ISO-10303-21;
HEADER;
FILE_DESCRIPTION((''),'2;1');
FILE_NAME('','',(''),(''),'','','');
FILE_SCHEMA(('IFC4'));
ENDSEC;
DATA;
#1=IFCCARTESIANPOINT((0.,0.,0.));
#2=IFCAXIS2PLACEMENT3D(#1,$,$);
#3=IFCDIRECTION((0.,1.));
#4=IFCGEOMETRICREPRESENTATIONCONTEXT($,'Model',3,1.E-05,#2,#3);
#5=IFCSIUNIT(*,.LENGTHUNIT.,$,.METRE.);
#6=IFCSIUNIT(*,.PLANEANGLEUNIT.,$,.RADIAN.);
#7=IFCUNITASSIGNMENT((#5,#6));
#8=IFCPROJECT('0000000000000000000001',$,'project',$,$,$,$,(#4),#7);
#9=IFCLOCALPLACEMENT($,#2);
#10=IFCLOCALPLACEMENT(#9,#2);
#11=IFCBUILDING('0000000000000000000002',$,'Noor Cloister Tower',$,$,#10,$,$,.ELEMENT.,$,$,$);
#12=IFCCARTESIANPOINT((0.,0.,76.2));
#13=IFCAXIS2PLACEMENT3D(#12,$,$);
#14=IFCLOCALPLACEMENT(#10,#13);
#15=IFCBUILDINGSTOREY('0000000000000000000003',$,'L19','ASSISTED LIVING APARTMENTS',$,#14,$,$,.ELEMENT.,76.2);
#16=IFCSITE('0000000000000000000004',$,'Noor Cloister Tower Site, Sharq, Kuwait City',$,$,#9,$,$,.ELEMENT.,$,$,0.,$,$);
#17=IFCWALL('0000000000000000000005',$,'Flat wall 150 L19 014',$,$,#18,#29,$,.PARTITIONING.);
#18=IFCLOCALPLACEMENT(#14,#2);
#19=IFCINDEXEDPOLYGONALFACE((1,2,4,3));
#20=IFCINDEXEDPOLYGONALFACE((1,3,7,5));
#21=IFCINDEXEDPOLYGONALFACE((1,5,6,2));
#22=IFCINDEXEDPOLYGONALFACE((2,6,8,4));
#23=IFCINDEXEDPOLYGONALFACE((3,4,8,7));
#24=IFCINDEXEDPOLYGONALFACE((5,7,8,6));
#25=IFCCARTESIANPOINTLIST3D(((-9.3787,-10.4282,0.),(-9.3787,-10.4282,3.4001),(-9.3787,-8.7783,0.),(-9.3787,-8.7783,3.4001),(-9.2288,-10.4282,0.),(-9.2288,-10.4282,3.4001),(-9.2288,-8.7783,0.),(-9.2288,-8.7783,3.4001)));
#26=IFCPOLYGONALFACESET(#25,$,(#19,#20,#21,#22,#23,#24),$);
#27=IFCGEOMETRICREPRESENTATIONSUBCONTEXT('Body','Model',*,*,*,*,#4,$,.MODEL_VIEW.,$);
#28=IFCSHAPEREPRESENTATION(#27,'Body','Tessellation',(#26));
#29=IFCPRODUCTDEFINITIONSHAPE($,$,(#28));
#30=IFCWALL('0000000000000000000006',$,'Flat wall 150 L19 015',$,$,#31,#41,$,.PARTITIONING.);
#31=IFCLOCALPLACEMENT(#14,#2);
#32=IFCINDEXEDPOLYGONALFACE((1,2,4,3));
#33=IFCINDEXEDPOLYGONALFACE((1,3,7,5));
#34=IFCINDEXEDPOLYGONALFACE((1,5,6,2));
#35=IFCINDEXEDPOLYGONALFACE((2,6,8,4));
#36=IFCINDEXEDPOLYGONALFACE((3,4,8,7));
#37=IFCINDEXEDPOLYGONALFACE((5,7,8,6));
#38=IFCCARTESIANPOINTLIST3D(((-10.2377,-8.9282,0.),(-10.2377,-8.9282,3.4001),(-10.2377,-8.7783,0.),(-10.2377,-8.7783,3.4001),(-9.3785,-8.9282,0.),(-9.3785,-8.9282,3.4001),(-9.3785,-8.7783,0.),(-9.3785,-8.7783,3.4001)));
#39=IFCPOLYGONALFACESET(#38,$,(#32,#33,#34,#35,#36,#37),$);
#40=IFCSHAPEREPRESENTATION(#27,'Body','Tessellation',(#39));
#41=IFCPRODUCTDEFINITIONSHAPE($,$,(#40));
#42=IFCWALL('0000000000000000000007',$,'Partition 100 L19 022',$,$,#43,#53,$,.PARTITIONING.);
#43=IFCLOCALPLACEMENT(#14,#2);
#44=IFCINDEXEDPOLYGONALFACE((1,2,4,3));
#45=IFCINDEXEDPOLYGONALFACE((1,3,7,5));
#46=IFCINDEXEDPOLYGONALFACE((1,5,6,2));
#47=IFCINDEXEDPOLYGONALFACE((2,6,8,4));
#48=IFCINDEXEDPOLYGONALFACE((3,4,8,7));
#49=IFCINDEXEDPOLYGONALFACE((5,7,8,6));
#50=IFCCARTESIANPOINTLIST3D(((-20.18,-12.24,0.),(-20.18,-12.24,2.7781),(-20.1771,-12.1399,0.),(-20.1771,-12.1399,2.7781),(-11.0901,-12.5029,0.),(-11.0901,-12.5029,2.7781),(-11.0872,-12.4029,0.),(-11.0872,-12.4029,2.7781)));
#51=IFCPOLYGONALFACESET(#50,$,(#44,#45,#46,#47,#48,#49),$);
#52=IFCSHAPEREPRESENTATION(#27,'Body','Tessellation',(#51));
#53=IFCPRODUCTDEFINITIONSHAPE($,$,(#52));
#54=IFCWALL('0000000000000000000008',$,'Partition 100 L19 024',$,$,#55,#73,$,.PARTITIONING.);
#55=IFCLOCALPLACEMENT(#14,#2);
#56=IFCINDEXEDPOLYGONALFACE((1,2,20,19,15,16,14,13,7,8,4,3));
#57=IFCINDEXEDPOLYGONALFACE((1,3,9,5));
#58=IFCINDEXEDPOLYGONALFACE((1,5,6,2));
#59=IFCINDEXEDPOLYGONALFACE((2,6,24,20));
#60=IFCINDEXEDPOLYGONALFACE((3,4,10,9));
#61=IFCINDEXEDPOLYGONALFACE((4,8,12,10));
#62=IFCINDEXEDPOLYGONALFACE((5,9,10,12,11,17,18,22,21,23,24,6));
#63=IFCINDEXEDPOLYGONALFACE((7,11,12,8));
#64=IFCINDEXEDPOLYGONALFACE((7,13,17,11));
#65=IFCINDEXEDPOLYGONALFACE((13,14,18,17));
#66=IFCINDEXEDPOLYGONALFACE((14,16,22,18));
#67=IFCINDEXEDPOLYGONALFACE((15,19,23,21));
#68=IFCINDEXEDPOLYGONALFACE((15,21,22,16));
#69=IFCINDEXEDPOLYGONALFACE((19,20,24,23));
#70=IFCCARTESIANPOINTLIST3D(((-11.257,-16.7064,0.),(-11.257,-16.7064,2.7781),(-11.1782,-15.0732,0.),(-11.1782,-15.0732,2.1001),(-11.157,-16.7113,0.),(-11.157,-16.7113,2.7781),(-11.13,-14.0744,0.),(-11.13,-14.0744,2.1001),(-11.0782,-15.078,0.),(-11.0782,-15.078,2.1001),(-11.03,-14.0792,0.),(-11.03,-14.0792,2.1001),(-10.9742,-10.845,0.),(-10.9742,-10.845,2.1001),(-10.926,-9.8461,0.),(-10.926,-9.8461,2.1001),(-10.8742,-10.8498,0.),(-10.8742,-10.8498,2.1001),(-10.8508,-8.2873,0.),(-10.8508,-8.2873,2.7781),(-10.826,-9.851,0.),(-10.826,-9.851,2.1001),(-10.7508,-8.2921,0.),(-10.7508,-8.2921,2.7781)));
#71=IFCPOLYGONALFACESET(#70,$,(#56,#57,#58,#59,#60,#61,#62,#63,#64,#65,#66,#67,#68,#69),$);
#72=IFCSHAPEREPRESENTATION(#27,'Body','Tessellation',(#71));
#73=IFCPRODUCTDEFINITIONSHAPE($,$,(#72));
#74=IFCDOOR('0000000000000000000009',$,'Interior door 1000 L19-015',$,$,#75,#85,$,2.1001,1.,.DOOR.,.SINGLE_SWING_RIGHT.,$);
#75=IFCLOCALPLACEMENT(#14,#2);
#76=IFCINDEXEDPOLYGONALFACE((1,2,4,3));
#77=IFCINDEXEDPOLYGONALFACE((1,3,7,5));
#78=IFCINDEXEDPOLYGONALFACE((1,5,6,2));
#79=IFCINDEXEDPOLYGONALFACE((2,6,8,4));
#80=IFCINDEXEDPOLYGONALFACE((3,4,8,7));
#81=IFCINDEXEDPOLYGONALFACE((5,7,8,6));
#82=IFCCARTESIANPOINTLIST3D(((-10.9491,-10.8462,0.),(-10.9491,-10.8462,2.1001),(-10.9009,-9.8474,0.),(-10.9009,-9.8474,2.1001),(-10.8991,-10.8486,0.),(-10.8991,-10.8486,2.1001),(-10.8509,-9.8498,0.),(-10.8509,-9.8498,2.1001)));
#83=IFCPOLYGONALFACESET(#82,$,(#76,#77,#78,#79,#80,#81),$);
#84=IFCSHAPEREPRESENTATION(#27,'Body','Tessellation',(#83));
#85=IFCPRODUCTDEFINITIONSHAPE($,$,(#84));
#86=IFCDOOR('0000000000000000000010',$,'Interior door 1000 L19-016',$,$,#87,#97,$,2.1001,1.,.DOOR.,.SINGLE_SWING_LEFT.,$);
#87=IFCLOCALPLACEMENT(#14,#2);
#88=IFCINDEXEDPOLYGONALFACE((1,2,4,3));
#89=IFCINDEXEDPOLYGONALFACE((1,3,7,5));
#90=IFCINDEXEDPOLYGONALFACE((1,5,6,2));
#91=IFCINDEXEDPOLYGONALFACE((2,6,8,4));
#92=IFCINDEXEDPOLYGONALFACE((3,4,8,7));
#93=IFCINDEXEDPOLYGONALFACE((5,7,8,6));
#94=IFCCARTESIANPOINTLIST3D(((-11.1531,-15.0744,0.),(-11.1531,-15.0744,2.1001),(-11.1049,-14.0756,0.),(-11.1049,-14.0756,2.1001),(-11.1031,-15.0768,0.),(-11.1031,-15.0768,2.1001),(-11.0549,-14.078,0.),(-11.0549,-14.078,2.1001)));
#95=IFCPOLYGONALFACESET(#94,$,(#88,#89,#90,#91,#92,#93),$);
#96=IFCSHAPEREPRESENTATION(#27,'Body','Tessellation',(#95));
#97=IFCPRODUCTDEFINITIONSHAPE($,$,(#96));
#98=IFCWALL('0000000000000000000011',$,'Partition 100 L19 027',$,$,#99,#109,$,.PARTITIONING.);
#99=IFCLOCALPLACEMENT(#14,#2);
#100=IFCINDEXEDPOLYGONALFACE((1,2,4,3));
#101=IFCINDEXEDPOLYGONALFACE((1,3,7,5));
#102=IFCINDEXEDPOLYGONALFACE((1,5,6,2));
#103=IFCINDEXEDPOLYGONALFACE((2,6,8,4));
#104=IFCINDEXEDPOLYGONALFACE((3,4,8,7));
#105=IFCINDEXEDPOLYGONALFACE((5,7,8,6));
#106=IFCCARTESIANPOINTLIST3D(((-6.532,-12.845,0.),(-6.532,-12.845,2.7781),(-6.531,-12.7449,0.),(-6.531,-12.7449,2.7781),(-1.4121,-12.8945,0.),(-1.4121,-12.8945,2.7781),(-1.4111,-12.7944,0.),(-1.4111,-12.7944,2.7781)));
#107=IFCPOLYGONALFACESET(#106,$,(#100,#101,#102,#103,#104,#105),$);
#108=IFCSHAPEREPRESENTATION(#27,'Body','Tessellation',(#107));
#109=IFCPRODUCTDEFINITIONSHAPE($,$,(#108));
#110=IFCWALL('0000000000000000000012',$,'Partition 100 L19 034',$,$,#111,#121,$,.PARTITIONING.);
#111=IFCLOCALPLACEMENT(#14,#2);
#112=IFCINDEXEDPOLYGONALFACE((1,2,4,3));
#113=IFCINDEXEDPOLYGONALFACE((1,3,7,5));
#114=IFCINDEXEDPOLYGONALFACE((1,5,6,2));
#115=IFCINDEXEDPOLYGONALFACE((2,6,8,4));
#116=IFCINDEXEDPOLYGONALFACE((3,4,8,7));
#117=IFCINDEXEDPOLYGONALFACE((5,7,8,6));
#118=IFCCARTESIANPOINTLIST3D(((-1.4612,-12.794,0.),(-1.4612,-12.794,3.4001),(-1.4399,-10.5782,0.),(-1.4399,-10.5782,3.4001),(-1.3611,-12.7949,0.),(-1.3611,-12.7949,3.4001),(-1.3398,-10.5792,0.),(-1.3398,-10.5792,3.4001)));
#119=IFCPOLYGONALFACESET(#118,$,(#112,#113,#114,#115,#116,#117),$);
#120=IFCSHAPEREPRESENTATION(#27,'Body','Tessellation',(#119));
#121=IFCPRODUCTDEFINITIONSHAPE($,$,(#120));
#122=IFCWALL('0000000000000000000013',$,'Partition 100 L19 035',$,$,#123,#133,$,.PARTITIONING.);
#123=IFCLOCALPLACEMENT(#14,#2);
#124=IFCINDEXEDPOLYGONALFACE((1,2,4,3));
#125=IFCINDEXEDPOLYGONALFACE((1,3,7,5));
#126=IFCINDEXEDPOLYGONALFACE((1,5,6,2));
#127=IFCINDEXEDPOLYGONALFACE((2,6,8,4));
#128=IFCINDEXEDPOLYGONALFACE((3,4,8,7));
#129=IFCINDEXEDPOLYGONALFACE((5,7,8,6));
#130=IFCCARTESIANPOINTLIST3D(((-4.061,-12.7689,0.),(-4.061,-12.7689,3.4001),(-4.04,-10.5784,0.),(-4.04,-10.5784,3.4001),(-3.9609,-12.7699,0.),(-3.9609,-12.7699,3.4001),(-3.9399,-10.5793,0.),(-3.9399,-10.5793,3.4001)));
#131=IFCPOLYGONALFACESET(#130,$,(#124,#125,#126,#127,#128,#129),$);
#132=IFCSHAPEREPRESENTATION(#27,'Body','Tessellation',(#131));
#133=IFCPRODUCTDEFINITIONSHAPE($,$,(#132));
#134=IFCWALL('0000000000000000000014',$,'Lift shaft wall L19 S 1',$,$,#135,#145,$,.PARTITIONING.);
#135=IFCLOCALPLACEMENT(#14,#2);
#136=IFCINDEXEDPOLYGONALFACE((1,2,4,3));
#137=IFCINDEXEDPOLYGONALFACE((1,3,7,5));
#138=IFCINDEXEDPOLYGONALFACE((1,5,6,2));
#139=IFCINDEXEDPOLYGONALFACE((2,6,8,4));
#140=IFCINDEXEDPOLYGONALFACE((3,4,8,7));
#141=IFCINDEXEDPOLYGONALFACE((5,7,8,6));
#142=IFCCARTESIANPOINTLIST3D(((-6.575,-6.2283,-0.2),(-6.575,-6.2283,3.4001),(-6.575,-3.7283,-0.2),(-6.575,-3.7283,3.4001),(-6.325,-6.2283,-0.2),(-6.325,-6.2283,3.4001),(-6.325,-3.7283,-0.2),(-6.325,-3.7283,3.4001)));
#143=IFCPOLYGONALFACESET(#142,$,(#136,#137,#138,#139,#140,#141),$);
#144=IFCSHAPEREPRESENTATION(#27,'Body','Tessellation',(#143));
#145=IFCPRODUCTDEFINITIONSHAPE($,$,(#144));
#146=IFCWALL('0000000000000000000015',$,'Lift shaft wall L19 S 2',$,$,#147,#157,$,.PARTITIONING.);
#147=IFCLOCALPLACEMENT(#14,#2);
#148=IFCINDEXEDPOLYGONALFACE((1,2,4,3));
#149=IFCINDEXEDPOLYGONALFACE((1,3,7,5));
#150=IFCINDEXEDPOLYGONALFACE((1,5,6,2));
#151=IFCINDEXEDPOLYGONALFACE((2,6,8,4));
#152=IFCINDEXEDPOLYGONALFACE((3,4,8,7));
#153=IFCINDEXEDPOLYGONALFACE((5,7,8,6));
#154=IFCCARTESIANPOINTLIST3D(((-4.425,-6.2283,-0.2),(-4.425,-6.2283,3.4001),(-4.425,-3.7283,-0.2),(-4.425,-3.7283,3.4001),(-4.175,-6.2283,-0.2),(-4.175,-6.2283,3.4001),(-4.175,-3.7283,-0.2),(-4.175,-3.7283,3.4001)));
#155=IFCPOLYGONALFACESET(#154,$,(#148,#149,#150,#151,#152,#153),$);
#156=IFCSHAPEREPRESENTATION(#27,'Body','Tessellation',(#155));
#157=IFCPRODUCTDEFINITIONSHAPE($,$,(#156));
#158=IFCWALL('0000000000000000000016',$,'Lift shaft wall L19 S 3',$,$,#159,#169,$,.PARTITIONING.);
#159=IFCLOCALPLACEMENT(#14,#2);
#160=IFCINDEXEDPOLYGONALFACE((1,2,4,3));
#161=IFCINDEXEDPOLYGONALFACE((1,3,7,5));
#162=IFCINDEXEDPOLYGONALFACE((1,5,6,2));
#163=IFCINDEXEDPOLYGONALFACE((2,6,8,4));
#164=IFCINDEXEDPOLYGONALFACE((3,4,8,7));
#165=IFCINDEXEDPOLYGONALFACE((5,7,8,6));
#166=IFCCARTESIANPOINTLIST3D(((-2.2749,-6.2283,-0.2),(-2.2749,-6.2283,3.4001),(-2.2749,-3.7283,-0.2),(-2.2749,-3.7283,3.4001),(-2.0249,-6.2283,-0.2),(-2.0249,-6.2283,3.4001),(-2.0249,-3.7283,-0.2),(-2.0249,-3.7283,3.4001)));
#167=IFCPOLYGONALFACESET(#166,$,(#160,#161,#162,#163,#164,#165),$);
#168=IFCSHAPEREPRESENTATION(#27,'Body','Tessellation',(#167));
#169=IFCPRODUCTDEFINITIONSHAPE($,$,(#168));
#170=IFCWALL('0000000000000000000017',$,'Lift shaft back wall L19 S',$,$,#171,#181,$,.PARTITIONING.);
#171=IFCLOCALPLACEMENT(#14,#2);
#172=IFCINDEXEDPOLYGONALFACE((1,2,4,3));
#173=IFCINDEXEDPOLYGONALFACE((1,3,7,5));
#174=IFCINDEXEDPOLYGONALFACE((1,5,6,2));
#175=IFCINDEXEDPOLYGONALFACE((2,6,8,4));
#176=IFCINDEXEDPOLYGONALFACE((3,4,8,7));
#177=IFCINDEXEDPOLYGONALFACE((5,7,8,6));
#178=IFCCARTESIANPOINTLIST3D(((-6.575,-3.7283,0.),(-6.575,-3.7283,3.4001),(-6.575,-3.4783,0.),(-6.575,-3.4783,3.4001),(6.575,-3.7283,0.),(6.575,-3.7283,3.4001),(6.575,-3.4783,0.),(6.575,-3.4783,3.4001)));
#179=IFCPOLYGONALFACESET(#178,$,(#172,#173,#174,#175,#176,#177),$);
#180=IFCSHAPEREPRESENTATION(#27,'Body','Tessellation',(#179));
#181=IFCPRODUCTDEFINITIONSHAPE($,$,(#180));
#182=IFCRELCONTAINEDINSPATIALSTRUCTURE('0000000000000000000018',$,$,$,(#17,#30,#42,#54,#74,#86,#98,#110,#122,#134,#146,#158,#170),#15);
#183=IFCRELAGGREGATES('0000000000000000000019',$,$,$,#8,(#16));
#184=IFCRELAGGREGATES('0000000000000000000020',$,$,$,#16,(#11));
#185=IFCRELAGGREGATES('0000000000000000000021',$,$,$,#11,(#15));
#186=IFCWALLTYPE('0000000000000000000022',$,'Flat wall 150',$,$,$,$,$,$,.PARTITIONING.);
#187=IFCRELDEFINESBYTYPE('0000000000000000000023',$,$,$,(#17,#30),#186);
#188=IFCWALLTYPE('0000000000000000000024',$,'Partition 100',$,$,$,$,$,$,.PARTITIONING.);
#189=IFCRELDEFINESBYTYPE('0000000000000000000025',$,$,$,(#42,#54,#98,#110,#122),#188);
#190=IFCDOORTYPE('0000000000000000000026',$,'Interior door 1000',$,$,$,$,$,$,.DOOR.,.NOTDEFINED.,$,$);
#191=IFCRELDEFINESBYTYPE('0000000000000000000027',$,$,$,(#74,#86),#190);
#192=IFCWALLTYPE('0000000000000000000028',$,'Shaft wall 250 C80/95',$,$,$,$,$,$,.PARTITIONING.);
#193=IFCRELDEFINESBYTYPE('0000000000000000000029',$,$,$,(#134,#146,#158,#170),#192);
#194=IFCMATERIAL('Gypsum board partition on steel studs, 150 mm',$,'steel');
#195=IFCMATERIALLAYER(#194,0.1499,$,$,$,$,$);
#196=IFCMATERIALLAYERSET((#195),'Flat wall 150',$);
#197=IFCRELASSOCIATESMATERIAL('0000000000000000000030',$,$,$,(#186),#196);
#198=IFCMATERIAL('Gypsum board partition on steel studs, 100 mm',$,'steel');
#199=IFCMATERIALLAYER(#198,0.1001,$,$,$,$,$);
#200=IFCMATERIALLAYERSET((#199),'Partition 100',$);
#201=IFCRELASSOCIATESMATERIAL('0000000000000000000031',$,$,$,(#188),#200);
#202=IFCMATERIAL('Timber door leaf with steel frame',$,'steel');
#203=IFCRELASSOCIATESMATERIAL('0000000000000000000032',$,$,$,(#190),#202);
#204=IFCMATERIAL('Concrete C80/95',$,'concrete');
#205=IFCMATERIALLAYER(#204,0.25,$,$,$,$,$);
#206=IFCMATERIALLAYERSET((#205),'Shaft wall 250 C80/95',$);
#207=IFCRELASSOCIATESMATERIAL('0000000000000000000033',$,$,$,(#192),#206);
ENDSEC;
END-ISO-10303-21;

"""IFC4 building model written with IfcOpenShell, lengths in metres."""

from ifc_helpers import new_model, si_unit, direction, frame, frame_2d, origin, place, context, subcontext, project, spatial, rectangle, extrude, material, layer, layer_set, type_object, element, fill, save


model = new_model("IFC4")

# Units and contexts
model_context = context("Model", 3, precision=1e-05, world=origin(), true_north=direction((0.0, 1.0)))
body_context = subcontext(model_context, "Body", "Model", "MODEL_VIEW")
ifc_project = project(units=[si_unit("LENGTHUNIT", "METRE"), si_unit("PLANEANGLEUNIT", "RADIAN")], contexts=[model_context])

# Site, building, storey
site_placement = place(None, origin())
site = spatial("IfcSite", under=ifc_project, at=site_placement, Name="Noor Cloister Tower Site, Sharq, Kuwait City", CompositionType="ELEMENT", RefElevation=0.0)
building_placement = place(site_placement, origin())
building = spatial("IfcBuilding", under=site, at=building_placement, Name="Noor Cloister Tower", CompositionType="ELEMENT")
storey_placement = place(building_placement, frame((0.0, 0.0, 76.2)))
storey = spatial("IfcBuildingStorey", under=building, at=storey_placement, Name="L19", Description="ASSISTED LIVING APARTMENTS", CompositionType="ELEMENT", Elevation=76.2)

# Walls
ifc_material_1 = material(Name="Gypsum board partition on steel studs, 150 mm", Category="steel")
ifc_layer_1 = layer(ifc_material_1, 0.1499)
ifc_layer_set_1 = layer_set([ifc_layer_1], Name="Flat wall 150")
wall_type_1 = type_object("IfcWallType", Name="Flat wall 150", PredefinedType="PARTITIONING", material=ifc_layer_set_1)
wall_1_placement = place(storey_placement, frame((-9.3037, -10.4282, 0.0), z_axis=(0.0, 0.0, 1.0), x_axis=(0.0, 1.0, 0.0)))
element("IfcWall", 1, at=wall_1_placement, inside=storey, type_object=wall_type_1, Name="Flat wall 150 L19 014", PredefinedType="PARTITIONING", context=body_context, shape_type="SweptSolid", body=[
    extrude(rectangle(XDim=1.6499, YDim=0.1499, at=frame_2d((0.825, 0.0))), origin(), (0.0, 0.0, 1.0), 3.4001),
])
wall_2_placement = place(storey_placement, frame((-10.2378, -8.8533, 0.0), z_axis=(0.0, 0.0, 1.0), x_axis=(1.0, 0.0, 0.0)))
element("IfcWall", 2, at=wall_2_placement, inside=storey, type_object=wall_type_1, Name="Flat wall 150 L19 015", PredefinedType="PARTITIONING", context=body_context, shape_type="SweptSolid", body=[
    extrude(rectangle(XDim=0.8591, YDim=0.1499, at=frame_2d((0.4297, 0.0))), origin(), (0.0, 0.0, 1.0), 3.4001),
])
ifc_material_2 = material(Name="Gypsum board partition on steel studs, 100 mm", Category="steel")
ifc_layer_2 = layer(ifc_material_2, 0.1001)
ifc_layer_set_2 = layer_set([ifc_layer_2], Name="Partition 100")
wall_type_2 = type_object("IfcWallType", Name="Partition 100", PredefinedType="PARTITIONING", material=ifc_layer_set_2)
wall_3_placement = place(storey_placement, frame((-11.0886, -12.4529, 0.0), z_axis=(0.0, 0.0, 1.0), x_axis=(-0.999582, 0.028915, 0.0)))
element("IfcWall", 3, at=wall_3_placement, inside=storey, type_object=wall_type_2, Name="Partition 100 L19 022", PredefinedType="PARTITIONING", context=body_context, shape_type="SweptSolid", body=[
    extrude(rectangle(XDim=9.0938, YDim=0.1001, at=frame_2d((4.5469, 0.0))), origin(), (0.0, 0.0, 1.0), 2.7781),
])

# Wall, openings, doors
wall_4_placement = place(storey_placement, frame((-11.207, -16.7087, 0.0), z_axis=(0.0, 0.0, 1.0), x_axis=(0.048197, 0.998838, 0.0)))
wall_4 = element("IfcWall", 4, at=wall_4_placement, inside=storey, type_object=wall_type_2, Name="Partition 100 L19 024", PredefinedType="PARTITIONING", context=body_context, shape_type="SweptSolid", body=[
    extrude(rectangle(XDim=8.429, YDim=0.1001, at=frame_2d((4.2144, 0.0))), origin(), (0.0, 0.0, 1.0), 2.7781),
])
opening_1_placement = place(wall_4_placement, frame((5.8682, 0.0, 0.0)))
opening_1 = element("IfcOpeningElement", 5, at=opening_1_placement, cuts=wall_4, PredefinedType="OPENING", context=body_context, shape_type="SweptSolid", body=[
    extrude(rectangle(XDim=1.0, YDim=2.1001, at=frame_2d((0.5, 1.05))), frame((0.0, 0.0601, 0.0), z_axis=(0.0, -1.0, 0.0), x_axis=(1.0, 0.0, 0.0)), (0.0, 0.0, 1.0), 0.1201),
])
opening_2_placement = place(wall_4_placement, frame((1.635, 0.0, 0.0)))
opening_2 = element("IfcOpeningElement", 6, at=opening_2_placement, cuts=wall_4, PredefinedType="OPENING", context=body_context, shape_type="SweptSolid", body=[
    extrude(rectangle(XDim=1.0, YDim=2.1001, at=frame_2d((0.5, 1.05))), frame((0.0, 0.0601, 0.0), z_axis=(0.0, -1.0, 0.0), x_axis=(1.0, 0.0, 0.0)), (0.0, 0.0, 1.0), 0.1201),
])
ifc_material_3 = material(Name="Timber door leaf with steel frame", Category="steel")
door_type_1 = type_object("IfcDoorType", Name="Interior door 1000", OperationType="NOTDEFINED", PredefinedType="DOOR", material=ifc_material_3)
door_1_placement = place(opening_1_placement, origin())
door_1 = element("IfcDoor", 7, at=door_1_placement, inside=storey, type_object=door_type_1, Name="Interior door 1000 L19-015", OperationType="SINGLE_SWING_RIGHT", OverallHeight=2.1001, OverallWidth=1.0, PredefinedType="DOOR", context=body_context, shape_type="SweptSolid", body=[
    extrude(rectangle(XDim=1.0, YDim=2.1001, at=frame_2d((0.5, 1.05))), frame((0.0, 0.0249, 0.0), z_axis=(0.0, -1.0, 0.0), x_axis=(1.0, 0.0, 0.0)), (0.0, 0.0, 1.0), 0.05),
])
fill(opening_1, door_1)
door_2_placement = place(opening_2_placement, origin())
door_2 = element("IfcDoor", 8, at=door_2_placement, inside=storey, type_object=door_type_1, Name="Interior door 1000 L19-016", OperationType="SINGLE_SWING_LEFT", OverallHeight=2.1001, OverallWidth=1.0, PredefinedType="DOOR", context=body_context, shape_type="SweptSolid", body=[
    extrude(rectangle(XDim=1.0, YDim=2.1001, at=frame_2d((0.5, 1.05))), frame((0.0, 0.0249, 0.0), z_axis=(0.0, -1.0, 0.0), x_axis=(1.0, 0.0, 0.0)), (0.0, 0.0, 1.0), 0.05),
])
fill(opening_2, door_2)

# Walls
wall_5_placement = place(storey_placement, frame((-6.5315, -12.7949, 0.0), z_axis=(0.0, 0.0, 1.0), x_axis=(0.999953, -0.00968, 0.0)))
element("IfcWall", 9, at=wall_5_placement, inside=storey, type_object=wall_type_2, Name="Partition 100 L19 027", PredefinedType="PARTITIONING", context=body_context, shape_type="SweptSolid", body=[
    extrude(rectangle(XDim=5.1201, YDim=0.1001, at=frame_2d((2.5601, 0.0))), origin(), (0.0, 0.0, 1.0), 2.7781),
])
wall_6_placement = place(storey_placement, frame((-1.4111, -12.7944, 0.0), z_axis=(0.0, 0.0, 1.0), x_axis=(0.009585, 0.999954, 0.0)))
element("IfcWall", 10, at=wall_6_placement, inside=storey, type_object=wall_type_2, Name="Partition 100 L19 034", PredefinedType="PARTITIONING", context=body_context, shape_type="SweptSolid", body=[
    extrude(rectangle(XDim=2.2158, YDim=0.1001, at=frame_2d((1.1079, 0.0))), origin(), (0.0, 0.0, 1.0), 3.4001),
])
wall_7_placement = place(storey_placement, frame((-4.011, -12.7693, 0.0), z_axis=(0.0, 0.0, 1.0), x_axis=(0.009584, 0.999954, 0.0)))
element("IfcWall", 11, at=wall_7_placement, inside=storey, type_object=wall_type_2, Name="Partition 100 L19 035", PredefinedType="PARTITIONING", context=body_context, shape_type="SweptSolid", body=[
    extrude(rectangle(XDim=2.1907, YDim=0.1001, at=frame_2d((1.0952, 0.0))), origin(), (0.0, 0.0, 1.0), 3.4001),
])
ifc_material_4 = material(Name="Concrete C80/95", Category="concrete")
ifc_layer_3 = layer(ifc_material_4, 0.25)
ifc_layer_set_3 = layer_set([ifc_layer_3], Name="Shaft wall 250 C80/95")
wall_type_3 = type_object("IfcWallType", Name="Shaft wall 250 C80/95", PredefinedType="PARTITIONING", material=ifc_layer_set_3)
for number, where, z_axis, x_axis, name in (
    (12, (-6.45, -6.2283, -0.2), (0.0, 0.0, 1.0), (0.0, 1.0, 0.0), "Lift shaft wall L19 S 1"),
    (13, (-4.3, -6.2283, -0.2), (0.0, 0.0, 1.0), (0.0, 1.0, 0.0), "Lift shaft wall L19 S 2"),
    (14, (-2.1499, -6.2283, -0.2), (0.0, 0.0, 1.0), (0.0, 1.0, 0.0), "Lift shaft wall L19 S 3"),
):
    element("IfcWall", number, at=place(storey_placement, frame(where, z_axis=z_axis, x_axis=x_axis)), inside=storey, type_object=wall_type_3, Name=name, PredefinedType="PARTITIONING", context=body_context, shape_type="SweptSolid", body=[
        extrude(rectangle(XDim=2.5, YDim=0.25, at=frame_2d((1.25, 0.0))), origin(), (0.0, 0.0, 1.0), 3.6001),
    ])
wall_8_placement = place(storey_placement, frame((-6.575, -3.6033, 0.0), z_axis=(0.0, 0.0, 1.0), x_axis=(1.0, 0.0, 0.0)))
element("IfcWall", 15, at=wall_8_placement, inside=storey, type_object=wall_type_3, Name="Lift shaft back wall L19 S", PredefinedType="PARTITIONING", context=body_context, shape_type="SweptSolid", body=[
    extrude(rectangle(XDim=13.1499, YDim=0.25, at=frame_2d((6.575, 0.0))), origin(), (0.0, 0.0, 1.0), 3.4001),
])

save(model, "model.ifc")
